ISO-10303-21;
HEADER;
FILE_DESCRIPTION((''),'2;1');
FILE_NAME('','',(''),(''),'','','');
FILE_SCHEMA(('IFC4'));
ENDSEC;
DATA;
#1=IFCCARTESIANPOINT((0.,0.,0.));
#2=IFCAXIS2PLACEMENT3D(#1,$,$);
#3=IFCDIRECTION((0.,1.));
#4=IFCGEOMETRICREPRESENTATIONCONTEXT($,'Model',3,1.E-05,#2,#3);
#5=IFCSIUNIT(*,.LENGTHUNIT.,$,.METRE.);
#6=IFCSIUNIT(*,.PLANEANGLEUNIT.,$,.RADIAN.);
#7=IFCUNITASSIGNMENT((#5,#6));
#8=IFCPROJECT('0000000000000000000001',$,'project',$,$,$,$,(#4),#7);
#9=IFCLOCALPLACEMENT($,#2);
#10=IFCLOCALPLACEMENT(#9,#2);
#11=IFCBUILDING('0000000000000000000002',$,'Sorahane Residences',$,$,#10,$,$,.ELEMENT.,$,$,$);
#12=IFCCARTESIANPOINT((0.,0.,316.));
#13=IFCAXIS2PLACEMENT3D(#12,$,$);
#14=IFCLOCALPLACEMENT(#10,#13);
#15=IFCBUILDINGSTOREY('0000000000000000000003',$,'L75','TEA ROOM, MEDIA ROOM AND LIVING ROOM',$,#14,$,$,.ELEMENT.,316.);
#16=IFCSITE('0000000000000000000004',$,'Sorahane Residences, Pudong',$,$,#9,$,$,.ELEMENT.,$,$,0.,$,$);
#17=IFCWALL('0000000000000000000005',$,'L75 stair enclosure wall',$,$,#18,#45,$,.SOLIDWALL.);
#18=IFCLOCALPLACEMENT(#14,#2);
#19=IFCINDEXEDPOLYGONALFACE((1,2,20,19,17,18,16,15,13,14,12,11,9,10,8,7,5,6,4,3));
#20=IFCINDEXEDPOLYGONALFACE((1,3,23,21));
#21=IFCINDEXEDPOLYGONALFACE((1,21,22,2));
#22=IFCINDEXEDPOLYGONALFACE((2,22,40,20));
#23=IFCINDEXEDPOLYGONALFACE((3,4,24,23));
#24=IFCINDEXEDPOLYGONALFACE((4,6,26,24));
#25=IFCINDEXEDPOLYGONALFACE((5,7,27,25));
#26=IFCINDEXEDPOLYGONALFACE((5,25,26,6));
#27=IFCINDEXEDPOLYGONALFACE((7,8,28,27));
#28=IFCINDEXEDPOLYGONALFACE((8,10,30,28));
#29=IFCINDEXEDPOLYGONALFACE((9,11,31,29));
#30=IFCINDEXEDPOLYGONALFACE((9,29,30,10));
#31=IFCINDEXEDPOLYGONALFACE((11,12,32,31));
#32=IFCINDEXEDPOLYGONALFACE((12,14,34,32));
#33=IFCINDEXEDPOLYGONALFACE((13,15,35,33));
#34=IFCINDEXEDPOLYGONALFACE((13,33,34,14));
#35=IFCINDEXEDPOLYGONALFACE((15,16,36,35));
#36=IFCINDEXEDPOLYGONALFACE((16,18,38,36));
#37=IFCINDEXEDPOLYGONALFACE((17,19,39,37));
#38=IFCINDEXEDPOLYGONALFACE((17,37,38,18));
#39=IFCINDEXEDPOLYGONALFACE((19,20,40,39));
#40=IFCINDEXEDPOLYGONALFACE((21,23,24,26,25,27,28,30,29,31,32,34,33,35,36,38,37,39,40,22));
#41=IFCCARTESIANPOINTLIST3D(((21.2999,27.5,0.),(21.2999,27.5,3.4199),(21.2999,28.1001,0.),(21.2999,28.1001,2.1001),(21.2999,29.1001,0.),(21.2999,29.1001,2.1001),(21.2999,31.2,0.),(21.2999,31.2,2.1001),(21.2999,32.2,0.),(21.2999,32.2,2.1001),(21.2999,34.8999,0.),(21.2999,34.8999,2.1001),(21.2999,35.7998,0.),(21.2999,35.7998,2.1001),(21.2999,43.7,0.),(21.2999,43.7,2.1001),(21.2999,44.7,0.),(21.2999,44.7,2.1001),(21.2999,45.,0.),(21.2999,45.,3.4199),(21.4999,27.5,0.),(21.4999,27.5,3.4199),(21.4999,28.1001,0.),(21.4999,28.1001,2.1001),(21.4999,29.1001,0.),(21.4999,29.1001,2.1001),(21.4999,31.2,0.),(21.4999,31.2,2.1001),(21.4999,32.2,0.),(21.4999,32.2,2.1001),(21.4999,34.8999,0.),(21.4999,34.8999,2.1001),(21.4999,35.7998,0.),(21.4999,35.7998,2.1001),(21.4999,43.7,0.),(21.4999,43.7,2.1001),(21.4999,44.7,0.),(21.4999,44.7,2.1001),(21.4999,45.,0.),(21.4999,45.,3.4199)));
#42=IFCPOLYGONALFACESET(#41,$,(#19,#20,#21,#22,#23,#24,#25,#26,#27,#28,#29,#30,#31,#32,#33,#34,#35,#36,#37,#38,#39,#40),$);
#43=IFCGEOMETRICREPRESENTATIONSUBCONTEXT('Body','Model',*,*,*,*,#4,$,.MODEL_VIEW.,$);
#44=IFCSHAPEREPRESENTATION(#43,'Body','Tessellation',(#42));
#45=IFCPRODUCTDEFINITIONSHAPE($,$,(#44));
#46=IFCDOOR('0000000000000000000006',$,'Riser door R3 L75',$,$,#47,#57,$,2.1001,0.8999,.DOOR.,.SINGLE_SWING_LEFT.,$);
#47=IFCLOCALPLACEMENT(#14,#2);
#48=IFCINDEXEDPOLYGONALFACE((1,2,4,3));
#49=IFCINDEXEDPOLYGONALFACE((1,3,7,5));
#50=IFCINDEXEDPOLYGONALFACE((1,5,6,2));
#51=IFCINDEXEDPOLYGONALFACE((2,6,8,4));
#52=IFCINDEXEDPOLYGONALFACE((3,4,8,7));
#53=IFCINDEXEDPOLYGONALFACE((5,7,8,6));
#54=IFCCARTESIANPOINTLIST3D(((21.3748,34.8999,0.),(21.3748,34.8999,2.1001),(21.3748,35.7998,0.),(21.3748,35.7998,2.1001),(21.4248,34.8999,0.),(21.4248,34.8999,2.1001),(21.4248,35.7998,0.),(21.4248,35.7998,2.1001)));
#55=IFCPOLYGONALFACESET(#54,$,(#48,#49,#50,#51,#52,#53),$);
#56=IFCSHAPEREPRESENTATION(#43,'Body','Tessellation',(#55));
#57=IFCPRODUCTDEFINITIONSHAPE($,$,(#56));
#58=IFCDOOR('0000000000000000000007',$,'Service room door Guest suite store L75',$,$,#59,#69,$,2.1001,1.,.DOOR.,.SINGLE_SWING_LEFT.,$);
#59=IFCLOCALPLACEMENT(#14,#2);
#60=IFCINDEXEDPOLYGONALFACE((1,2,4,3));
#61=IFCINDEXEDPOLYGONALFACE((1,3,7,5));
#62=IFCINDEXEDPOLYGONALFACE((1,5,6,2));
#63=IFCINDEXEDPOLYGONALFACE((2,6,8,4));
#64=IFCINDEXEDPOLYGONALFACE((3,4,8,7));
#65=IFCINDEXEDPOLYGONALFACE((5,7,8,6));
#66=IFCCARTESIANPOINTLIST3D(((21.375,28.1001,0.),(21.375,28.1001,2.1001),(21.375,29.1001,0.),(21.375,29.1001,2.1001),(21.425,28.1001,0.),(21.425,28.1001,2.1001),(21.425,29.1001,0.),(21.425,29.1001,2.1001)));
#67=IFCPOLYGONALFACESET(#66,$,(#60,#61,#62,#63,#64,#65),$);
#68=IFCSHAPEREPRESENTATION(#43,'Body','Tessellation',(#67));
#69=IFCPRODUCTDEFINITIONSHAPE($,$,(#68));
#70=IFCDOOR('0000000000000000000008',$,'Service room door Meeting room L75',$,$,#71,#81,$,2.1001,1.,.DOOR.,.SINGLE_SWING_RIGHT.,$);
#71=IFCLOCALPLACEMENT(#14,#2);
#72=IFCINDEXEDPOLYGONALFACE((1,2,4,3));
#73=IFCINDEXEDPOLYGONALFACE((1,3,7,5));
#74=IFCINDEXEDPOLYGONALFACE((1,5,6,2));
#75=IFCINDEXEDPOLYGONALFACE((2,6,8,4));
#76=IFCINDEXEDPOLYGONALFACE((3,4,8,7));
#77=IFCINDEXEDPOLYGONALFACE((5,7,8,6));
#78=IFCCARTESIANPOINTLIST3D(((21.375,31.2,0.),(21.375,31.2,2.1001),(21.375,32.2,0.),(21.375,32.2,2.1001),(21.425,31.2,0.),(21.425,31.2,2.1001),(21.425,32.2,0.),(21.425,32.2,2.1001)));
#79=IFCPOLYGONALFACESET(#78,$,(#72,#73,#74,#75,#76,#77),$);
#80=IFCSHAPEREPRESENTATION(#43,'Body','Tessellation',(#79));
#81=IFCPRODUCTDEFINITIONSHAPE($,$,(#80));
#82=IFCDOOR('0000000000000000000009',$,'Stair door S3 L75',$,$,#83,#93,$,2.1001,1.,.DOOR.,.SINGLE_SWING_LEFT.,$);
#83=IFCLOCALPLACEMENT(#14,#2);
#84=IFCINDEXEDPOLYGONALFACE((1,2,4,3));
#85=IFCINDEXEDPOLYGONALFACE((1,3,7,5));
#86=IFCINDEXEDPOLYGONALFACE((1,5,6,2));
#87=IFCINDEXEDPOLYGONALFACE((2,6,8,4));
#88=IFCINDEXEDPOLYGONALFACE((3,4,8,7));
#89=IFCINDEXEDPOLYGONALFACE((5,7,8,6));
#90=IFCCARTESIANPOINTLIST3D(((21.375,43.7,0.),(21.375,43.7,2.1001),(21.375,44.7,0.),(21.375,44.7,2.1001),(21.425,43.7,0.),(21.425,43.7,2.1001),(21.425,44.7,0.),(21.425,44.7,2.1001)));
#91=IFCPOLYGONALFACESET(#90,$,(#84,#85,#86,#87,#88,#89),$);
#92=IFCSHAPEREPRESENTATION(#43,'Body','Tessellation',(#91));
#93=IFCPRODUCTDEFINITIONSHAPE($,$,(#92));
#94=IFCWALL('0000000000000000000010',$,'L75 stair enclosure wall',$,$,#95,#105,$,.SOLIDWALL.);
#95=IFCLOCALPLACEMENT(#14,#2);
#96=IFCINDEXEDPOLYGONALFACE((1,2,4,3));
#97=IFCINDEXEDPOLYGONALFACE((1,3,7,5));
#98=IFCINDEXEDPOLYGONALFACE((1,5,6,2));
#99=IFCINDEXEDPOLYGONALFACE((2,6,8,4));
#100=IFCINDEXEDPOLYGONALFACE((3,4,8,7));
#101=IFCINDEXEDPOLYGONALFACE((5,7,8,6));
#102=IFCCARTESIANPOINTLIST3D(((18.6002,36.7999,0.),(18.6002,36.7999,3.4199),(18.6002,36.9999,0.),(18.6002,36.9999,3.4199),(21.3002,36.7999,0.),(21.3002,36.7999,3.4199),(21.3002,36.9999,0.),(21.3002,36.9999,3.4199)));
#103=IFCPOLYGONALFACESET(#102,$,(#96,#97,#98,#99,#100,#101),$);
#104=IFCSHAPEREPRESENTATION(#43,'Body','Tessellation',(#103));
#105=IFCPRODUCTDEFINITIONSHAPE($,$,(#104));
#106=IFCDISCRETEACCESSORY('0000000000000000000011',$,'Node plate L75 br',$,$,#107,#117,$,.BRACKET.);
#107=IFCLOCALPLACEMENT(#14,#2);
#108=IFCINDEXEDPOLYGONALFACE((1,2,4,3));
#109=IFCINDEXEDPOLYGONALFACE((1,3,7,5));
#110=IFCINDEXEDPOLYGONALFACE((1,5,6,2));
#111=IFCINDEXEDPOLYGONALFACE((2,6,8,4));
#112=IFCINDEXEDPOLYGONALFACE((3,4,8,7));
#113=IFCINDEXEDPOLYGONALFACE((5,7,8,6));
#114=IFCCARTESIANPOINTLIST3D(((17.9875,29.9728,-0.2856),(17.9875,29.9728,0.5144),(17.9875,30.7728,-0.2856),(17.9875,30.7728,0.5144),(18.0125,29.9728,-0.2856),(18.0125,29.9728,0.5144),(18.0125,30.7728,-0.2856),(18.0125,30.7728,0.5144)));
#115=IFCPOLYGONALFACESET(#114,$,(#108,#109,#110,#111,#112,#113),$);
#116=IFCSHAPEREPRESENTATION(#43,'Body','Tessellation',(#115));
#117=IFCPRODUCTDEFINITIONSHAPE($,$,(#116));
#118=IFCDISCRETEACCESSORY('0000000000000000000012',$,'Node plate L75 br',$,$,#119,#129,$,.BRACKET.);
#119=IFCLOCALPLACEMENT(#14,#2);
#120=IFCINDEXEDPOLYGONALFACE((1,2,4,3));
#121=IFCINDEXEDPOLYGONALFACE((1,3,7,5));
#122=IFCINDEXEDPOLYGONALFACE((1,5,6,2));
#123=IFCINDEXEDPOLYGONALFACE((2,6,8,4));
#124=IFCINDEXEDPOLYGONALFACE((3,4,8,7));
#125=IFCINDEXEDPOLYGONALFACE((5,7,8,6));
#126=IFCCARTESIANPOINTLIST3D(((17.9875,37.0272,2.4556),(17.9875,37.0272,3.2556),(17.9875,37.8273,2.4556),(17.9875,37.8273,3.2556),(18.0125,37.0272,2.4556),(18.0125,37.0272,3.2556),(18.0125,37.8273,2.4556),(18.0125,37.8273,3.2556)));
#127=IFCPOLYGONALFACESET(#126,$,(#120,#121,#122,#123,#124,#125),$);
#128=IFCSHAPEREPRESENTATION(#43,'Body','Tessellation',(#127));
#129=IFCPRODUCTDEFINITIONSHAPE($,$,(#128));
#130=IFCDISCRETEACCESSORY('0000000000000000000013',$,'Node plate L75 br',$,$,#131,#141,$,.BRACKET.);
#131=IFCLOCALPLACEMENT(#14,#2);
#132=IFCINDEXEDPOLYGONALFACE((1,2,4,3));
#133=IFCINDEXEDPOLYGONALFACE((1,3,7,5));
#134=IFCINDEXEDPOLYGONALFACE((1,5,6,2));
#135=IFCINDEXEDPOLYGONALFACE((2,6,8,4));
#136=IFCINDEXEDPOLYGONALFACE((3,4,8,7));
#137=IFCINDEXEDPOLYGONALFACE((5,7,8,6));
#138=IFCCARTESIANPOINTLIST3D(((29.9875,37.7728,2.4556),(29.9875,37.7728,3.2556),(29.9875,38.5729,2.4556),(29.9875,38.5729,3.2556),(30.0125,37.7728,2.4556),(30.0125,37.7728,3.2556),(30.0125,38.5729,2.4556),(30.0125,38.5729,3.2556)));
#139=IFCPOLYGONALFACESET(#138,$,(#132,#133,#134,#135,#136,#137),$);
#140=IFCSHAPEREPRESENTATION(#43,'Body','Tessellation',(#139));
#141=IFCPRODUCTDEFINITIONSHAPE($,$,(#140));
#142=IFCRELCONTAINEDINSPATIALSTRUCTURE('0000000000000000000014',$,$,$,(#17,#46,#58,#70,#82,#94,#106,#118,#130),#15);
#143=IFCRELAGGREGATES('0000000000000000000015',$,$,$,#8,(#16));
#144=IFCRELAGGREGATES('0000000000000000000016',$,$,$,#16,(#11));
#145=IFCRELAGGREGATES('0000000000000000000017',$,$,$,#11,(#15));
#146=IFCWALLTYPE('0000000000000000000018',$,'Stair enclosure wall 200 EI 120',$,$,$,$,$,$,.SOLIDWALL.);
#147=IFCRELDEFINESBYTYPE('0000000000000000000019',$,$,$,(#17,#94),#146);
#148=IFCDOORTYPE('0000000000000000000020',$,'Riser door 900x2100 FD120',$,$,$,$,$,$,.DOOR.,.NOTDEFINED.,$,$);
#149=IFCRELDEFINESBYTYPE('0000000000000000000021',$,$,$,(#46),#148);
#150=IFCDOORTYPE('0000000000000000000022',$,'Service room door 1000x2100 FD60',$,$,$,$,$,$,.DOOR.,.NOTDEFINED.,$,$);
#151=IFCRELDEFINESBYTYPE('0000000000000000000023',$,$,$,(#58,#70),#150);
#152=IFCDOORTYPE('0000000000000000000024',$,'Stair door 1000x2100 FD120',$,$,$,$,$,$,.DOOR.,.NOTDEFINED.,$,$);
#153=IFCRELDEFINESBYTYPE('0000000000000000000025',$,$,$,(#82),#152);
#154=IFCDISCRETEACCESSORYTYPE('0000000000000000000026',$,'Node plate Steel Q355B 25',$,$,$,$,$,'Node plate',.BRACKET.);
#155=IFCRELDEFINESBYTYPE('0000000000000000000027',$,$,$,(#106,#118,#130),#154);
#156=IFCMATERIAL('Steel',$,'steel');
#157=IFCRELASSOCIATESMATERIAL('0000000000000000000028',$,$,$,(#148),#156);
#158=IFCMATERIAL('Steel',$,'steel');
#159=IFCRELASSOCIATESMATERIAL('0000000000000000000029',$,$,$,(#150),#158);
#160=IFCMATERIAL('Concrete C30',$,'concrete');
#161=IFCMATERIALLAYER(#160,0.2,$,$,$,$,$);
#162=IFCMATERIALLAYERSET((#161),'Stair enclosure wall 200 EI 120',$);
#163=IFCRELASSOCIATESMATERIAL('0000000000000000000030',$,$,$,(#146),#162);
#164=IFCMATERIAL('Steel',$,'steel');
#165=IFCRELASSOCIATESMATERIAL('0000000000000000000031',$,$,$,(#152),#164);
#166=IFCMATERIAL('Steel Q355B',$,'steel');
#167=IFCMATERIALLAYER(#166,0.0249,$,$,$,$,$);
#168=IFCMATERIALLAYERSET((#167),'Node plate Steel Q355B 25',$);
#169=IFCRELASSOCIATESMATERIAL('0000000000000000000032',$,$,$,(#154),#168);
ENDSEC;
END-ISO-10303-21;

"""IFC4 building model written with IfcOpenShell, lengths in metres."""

from ifc_helpers import new_model, si_unit, direction, frame, frame_2d, origin, origin_2d, place, context, subcontext, project, spatial, rectangle, extrude, material, layer, layer_set, type_object, element, fill, save


model = new_model("IFC4")

# Units and contexts
model_context = context("Model", 3, precision=1e-05, world=origin(), true_north=direction((0.0, 1.0)))
body_context = subcontext(model_context, "Body", "Model", "MODEL_VIEW")
ifc_project = project(units=[si_unit("LENGTHUNIT", "METRE"), si_unit("PLANEANGLEUNIT", "RADIAN")], contexts=[model_context])

# Site, building, storey
site_placement = place(None, origin())
site = spatial("IfcSite", under=ifc_project, at=site_placement, Name="Sorahane Residences, Pudong", CompositionType="ELEMENT", RefElevation=0.0)
building_placement = place(site_placement, origin())
building = spatial("IfcBuilding", under=site, at=building_placement, Name="Sorahane Residences", CompositionType="ELEMENT")
storey_placement = place(building_placement, frame((0.0, 0.0, 316.0)))
storey = spatial("IfcBuildingStorey", under=building, at=storey_placement, Name="L75", Description="TEA ROOM, MEDIA ROOM AND LIVING ROOM", CompositionType="ELEMENT", Elevation=316.0)

# Shared definitions
ifc_material_1 = material(Name="Steel", Category="steel")
door_type_1 = type_object("IfcDoorType", Name="Riser door 900x2100 FD120", OperationType="NOTDEFINED", PredefinedType="DOOR", material=ifc_material_1)
ifc_material_2 = material(Name="Steel", Category="steel")
door_type_2 = type_object("IfcDoorType", Name="Service room door 1000x2100 FD60", OperationType="NOTDEFINED", PredefinedType="DOOR", material=ifc_material_2)

# Wall, openings, doors
ifc_material_3 = material(Name="Concrete C30", Category="concrete")
ifc_layer_1 = layer(ifc_material_3, 0.2)
ifc_layer_set_1 = layer_set([ifc_layer_1], Name="Stair enclosure wall 200 EI 120")
wall_type_1 = type_object("IfcWallType", Name="Stair enclosure wall 200 EI 120", PredefinedType="SOLIDWALL", material=ifc_layer_set_1)
wall_1_placement = place(storey_placement, frame((21.3999, 27.5, 0.0), z_axis=(0.0, 0.0, 1.0), x_axis=(0.0, 1.0, 0.0)))
wall_1 = element("IfcWall", 1, at=wall_1_placement, inside=storey, type_object=wall_type_1, Name="L75 stair enclosure wall", PredefinedType="SOLIDWALL", context=body_context, shape_type="SweptSolid", body=[
    extrude(rectangle(XDim=17.5, YDim=0.2, at=frame_2d((8.75, 0.0))), origin(), (0.0, 0.0, 1.0), 3.4199),
])
opening_1_placement = place(wall_1_placement, frame((0.6001, 0.0, 0.0)))
opening_1 = element("IfcOpeningElement", 2, at=opening_1_placement, cuts=wall_1, PredefinedType="OPENING", context=body_context, shape_type="SweptSolid", body=[
    extrude(rectangle(XDim=1.0, YDim=2.1001, at=frame_2d((0.5, 1.05))), frame((0.0, 0.1099, 0.0), z_axis=(0.0, -1.0, 0.0), x_axis=(1.0, 0.0, 0.0)), (0.0, 0.0, 1.0), 0.22),
])
opening_2_placement = place(wall_1_placement, frame((3.7, 0.0, 0.0)))
opening_2 = element("IfcOpeningElement", 3, at=opening_2_placement, cuts=wall_1, PredefinedType="OPENING", context=body_context, shape_type="SweptSolid", body=[
    extrude(rectangle(XDim=1.0, YDim=2.1001, at=frame_2d((0.5, 1.05))), frame((0.0, 0.1099, 0.0), z_axis=(0.0, -1.0, 0.0), x_axis=(1.0, 0.0, 0.0)), (0.0, 0.0, 1.0), 0.22),
])
opening_3_placement = place(wall_1_placement, frame((16.2, 0.0, 0.0)))
opening_3 = element("IfcOpeningElement", 4, at=opening_3_placement, cuts=wall_1, PredefinedType="OPENING", context=body_context, shape_type="SweptSolid", body=[
    extrude(rectangle(XDim=1.0, YDim=2.1001, at=frame_2d((0.5, 1.05))), frame((0.0, 0.1099, 0.0), z_axis=(0.0, -1.0, 0.0), x_axis=(1.0, 0.0, 0.0)), (0.0, 0.0, 1.0), 0.22),
])
opening_4_placement = place(wall_1_placement, frame((7.3999, 0.0, 0.0)))
opening_4 = element("IfcOpeningElement", 5, at=opening_4_placement, cuts=wall_1, PredefinedType="OPENING", context=body_context, shape_type="SweptSolid", body=[
    extrude(rectangle(XDim=0.8999, YDim=2.1001, at=frame_2d((0.45, 1.05))), frame((0.0, 0.1099, 0.0), z_axis=(0.0, -1.0, 0.0), x_axis=(1.0, 0.0, 0.0)), (0.0, 0.0, 1.0), 0.22),
])
door_1_placement = place(opening_4_placement, frame((0.8999, 0.0, 0.0), z_axis=(0.0, 0.0, 1.0), x_axis=(-1.0, 0.0, 0.0)))
door_1 = element("IfcDoor", 6, at=door_1_placement, inside=storey, type_object=door_type_1, Name="Riser door R3 L75", OperationType="SINGLE_SWING_LEFT", OverallHeight=2.1001, OverallWidth=0.8999, PredefinedType="DOOR", context=body_context, shape_type="SweptSolid", body=[
    extrude(rectangle(XDim=0.8999, YDim=2.1001, at=frame_2d((0.45, 1.05))), frame((0.0, 0.0249, 0.0), z_axis=(0.0, -1.0, 0.0), x_axis=(1.0, 0.0, 0.0)), (0.0, 0.0, 1.0), 0.05),
])
fill(opening_4, door_1)
door_2_placement = place(opening_1_placement, origin())
door_2 = element("IfcDoor", 7, at=door_2_placement, inside=storey, type_object=door_type_2, Name="Service room door Guest suite store L75", OperationType="SINGLE_SWING_LEFT", OverallHeight=2.1001, OverallWidth=1.0, PredefinedType="DOOR", context=body_context, shape_type="SweptSolid", body=[
    extrude(rectangle(XDim=1.0, YDim=2.1001, at=frame_2d((0.5, 1.05))), frame((0.0, 0.0249, 0.0), z_axis=(0.0, -1.0, 0.0), x_axis=(1.0, 0.0, 0.0)), (0.0, 0.0, 1.0), 0.05),
])
fill(opening_1, door_2)
door_3_placement = place(opening_2_placement, origin())
door_3 = element("IfcDoor", 8, at=door_3_placement, inside=storey, type_object=door_type_2, Name="Service room door Meeting room L75", OperationType="SINGLE_SWING_RIGHT", OverallHeight=2.1001, OverallWidth=1.0, PredefinedType="DOOR", context=body_context, shape_type="SweptSolid", body=[
    extrude(rectangle(XDim=1.0, YDim=2.1001, at=frame_2d((0.5, 1.05))), frame((0.0, 0.0249, 0.0), z_axis=(0.0, -1.0, 0.0), x_axis=(1.0, 0.0, 0.0)), (0.0, 0.0, 1.0), 0.05),
])
fill(opening_2, door_3)
ifc_material_4 = material(Name="Steel", Category="steel")
door_type_3 = type_object("IfcDoorType", Name="Stair door 1000x2100 FD120", OperationType="NOTDEFINED", PredefinedType="DOOR", material=ifc_material_4)
door_4_placement = place(opening_3_placement, origin())
door_4 = element("IfcDoor", 9, at=door_4_placement, inside=storey, type_object=door_type_3, Name="Stair door S3 L75", OperationType="SINGLE_SWING_LEFT", OverallHeight=2.1001, OverallWidth=1.0, PredefinedType="DOOR", context=body_context, shape_type="SweptSolid", body=[
    extrude(rectangle(XDim=1.0, YDim=2.1001, at=frame_2d((0.5, 1.05))), frame((0.0, 0.0249, 0.0), z_axis=(0.0, -1.0, 0.0), x_axis=(1.0, 0.0, 0.0)), (0.0, 0.0, 1.0), 0.05),
])
fill(opening_3, door_4)

# Wall
wall_2_placement = place(storey_placement, frame((18.6001, 36.8999, 0.0), z_axis=(0.0, 0.0, 1.0), x_axis=(1.0, 0.0, 0.0)))
element("IfcWall", 10, at=wall_2_placement, inside=storey, type_object=wall_type_1, Name="L75 stair enclosure wall", PredefinedType="SOLIDWALL", context=body_context, shape_type="SweptSolid", body=[
    extrude(rectangle(XDim=2.7, YDim=0.2, at=frame_2d((1.3501, 0.0))), origin(), (0.0, 0.0, 1.0), 3.4199),
])

# Discrete accessories
ifc_material_5 = material(Name="Steel Q355B", Category="steel")
ifc_layer_2 = layer(ifc_material_5, 0.0249)
ifc_layer_set_2 = layer_set([ifc_layer_2], Name="Node plate Steel Q355B 25")
discrete_accessory_type = type_object("IfcDiscreteAccessoryType", Name="Node plate Steel Q355B 25", ElementType="Node plate", PredefinedType="BRACKET", material=ifc_layer_set_2)
for number, where, z_axis, x_axis, name in (
    (11, (18.0, 30.3728, -0.2856), (0.0, 0.0, 1.0), (0.0, 1.0, 0.0), "Node plate L75 br"),
    (12, (18.0, 37.4272, 2.4556), (0.0, 0.0, 1.0), (0.0, 1.0, 0.0), "Node plate L75 br"),
    (13, (30.0, 38.1729, 2.4556), (0.0, 0.0, 1.0), (0.0, 1.0, 0.0), "Node plate L75 br"),
):
    element("IfcDiscreteAccessory", number, at=place(storey_placement, frame(where, z_axis=z_axis, x_axis=x_axis)), inside=storey, type_object=discrete_accessory_type, Name=name, PredefinedType="BRACKET", context=body_context, shape_type="SweptSolid", body=[
        extrude(rectangle(XDim=0.8, YDim=0.0249, at=origin_2d()), origin(), (0.0, 0.0, 1.0), 0.8),
    ])

save(model, "model.ifc")
